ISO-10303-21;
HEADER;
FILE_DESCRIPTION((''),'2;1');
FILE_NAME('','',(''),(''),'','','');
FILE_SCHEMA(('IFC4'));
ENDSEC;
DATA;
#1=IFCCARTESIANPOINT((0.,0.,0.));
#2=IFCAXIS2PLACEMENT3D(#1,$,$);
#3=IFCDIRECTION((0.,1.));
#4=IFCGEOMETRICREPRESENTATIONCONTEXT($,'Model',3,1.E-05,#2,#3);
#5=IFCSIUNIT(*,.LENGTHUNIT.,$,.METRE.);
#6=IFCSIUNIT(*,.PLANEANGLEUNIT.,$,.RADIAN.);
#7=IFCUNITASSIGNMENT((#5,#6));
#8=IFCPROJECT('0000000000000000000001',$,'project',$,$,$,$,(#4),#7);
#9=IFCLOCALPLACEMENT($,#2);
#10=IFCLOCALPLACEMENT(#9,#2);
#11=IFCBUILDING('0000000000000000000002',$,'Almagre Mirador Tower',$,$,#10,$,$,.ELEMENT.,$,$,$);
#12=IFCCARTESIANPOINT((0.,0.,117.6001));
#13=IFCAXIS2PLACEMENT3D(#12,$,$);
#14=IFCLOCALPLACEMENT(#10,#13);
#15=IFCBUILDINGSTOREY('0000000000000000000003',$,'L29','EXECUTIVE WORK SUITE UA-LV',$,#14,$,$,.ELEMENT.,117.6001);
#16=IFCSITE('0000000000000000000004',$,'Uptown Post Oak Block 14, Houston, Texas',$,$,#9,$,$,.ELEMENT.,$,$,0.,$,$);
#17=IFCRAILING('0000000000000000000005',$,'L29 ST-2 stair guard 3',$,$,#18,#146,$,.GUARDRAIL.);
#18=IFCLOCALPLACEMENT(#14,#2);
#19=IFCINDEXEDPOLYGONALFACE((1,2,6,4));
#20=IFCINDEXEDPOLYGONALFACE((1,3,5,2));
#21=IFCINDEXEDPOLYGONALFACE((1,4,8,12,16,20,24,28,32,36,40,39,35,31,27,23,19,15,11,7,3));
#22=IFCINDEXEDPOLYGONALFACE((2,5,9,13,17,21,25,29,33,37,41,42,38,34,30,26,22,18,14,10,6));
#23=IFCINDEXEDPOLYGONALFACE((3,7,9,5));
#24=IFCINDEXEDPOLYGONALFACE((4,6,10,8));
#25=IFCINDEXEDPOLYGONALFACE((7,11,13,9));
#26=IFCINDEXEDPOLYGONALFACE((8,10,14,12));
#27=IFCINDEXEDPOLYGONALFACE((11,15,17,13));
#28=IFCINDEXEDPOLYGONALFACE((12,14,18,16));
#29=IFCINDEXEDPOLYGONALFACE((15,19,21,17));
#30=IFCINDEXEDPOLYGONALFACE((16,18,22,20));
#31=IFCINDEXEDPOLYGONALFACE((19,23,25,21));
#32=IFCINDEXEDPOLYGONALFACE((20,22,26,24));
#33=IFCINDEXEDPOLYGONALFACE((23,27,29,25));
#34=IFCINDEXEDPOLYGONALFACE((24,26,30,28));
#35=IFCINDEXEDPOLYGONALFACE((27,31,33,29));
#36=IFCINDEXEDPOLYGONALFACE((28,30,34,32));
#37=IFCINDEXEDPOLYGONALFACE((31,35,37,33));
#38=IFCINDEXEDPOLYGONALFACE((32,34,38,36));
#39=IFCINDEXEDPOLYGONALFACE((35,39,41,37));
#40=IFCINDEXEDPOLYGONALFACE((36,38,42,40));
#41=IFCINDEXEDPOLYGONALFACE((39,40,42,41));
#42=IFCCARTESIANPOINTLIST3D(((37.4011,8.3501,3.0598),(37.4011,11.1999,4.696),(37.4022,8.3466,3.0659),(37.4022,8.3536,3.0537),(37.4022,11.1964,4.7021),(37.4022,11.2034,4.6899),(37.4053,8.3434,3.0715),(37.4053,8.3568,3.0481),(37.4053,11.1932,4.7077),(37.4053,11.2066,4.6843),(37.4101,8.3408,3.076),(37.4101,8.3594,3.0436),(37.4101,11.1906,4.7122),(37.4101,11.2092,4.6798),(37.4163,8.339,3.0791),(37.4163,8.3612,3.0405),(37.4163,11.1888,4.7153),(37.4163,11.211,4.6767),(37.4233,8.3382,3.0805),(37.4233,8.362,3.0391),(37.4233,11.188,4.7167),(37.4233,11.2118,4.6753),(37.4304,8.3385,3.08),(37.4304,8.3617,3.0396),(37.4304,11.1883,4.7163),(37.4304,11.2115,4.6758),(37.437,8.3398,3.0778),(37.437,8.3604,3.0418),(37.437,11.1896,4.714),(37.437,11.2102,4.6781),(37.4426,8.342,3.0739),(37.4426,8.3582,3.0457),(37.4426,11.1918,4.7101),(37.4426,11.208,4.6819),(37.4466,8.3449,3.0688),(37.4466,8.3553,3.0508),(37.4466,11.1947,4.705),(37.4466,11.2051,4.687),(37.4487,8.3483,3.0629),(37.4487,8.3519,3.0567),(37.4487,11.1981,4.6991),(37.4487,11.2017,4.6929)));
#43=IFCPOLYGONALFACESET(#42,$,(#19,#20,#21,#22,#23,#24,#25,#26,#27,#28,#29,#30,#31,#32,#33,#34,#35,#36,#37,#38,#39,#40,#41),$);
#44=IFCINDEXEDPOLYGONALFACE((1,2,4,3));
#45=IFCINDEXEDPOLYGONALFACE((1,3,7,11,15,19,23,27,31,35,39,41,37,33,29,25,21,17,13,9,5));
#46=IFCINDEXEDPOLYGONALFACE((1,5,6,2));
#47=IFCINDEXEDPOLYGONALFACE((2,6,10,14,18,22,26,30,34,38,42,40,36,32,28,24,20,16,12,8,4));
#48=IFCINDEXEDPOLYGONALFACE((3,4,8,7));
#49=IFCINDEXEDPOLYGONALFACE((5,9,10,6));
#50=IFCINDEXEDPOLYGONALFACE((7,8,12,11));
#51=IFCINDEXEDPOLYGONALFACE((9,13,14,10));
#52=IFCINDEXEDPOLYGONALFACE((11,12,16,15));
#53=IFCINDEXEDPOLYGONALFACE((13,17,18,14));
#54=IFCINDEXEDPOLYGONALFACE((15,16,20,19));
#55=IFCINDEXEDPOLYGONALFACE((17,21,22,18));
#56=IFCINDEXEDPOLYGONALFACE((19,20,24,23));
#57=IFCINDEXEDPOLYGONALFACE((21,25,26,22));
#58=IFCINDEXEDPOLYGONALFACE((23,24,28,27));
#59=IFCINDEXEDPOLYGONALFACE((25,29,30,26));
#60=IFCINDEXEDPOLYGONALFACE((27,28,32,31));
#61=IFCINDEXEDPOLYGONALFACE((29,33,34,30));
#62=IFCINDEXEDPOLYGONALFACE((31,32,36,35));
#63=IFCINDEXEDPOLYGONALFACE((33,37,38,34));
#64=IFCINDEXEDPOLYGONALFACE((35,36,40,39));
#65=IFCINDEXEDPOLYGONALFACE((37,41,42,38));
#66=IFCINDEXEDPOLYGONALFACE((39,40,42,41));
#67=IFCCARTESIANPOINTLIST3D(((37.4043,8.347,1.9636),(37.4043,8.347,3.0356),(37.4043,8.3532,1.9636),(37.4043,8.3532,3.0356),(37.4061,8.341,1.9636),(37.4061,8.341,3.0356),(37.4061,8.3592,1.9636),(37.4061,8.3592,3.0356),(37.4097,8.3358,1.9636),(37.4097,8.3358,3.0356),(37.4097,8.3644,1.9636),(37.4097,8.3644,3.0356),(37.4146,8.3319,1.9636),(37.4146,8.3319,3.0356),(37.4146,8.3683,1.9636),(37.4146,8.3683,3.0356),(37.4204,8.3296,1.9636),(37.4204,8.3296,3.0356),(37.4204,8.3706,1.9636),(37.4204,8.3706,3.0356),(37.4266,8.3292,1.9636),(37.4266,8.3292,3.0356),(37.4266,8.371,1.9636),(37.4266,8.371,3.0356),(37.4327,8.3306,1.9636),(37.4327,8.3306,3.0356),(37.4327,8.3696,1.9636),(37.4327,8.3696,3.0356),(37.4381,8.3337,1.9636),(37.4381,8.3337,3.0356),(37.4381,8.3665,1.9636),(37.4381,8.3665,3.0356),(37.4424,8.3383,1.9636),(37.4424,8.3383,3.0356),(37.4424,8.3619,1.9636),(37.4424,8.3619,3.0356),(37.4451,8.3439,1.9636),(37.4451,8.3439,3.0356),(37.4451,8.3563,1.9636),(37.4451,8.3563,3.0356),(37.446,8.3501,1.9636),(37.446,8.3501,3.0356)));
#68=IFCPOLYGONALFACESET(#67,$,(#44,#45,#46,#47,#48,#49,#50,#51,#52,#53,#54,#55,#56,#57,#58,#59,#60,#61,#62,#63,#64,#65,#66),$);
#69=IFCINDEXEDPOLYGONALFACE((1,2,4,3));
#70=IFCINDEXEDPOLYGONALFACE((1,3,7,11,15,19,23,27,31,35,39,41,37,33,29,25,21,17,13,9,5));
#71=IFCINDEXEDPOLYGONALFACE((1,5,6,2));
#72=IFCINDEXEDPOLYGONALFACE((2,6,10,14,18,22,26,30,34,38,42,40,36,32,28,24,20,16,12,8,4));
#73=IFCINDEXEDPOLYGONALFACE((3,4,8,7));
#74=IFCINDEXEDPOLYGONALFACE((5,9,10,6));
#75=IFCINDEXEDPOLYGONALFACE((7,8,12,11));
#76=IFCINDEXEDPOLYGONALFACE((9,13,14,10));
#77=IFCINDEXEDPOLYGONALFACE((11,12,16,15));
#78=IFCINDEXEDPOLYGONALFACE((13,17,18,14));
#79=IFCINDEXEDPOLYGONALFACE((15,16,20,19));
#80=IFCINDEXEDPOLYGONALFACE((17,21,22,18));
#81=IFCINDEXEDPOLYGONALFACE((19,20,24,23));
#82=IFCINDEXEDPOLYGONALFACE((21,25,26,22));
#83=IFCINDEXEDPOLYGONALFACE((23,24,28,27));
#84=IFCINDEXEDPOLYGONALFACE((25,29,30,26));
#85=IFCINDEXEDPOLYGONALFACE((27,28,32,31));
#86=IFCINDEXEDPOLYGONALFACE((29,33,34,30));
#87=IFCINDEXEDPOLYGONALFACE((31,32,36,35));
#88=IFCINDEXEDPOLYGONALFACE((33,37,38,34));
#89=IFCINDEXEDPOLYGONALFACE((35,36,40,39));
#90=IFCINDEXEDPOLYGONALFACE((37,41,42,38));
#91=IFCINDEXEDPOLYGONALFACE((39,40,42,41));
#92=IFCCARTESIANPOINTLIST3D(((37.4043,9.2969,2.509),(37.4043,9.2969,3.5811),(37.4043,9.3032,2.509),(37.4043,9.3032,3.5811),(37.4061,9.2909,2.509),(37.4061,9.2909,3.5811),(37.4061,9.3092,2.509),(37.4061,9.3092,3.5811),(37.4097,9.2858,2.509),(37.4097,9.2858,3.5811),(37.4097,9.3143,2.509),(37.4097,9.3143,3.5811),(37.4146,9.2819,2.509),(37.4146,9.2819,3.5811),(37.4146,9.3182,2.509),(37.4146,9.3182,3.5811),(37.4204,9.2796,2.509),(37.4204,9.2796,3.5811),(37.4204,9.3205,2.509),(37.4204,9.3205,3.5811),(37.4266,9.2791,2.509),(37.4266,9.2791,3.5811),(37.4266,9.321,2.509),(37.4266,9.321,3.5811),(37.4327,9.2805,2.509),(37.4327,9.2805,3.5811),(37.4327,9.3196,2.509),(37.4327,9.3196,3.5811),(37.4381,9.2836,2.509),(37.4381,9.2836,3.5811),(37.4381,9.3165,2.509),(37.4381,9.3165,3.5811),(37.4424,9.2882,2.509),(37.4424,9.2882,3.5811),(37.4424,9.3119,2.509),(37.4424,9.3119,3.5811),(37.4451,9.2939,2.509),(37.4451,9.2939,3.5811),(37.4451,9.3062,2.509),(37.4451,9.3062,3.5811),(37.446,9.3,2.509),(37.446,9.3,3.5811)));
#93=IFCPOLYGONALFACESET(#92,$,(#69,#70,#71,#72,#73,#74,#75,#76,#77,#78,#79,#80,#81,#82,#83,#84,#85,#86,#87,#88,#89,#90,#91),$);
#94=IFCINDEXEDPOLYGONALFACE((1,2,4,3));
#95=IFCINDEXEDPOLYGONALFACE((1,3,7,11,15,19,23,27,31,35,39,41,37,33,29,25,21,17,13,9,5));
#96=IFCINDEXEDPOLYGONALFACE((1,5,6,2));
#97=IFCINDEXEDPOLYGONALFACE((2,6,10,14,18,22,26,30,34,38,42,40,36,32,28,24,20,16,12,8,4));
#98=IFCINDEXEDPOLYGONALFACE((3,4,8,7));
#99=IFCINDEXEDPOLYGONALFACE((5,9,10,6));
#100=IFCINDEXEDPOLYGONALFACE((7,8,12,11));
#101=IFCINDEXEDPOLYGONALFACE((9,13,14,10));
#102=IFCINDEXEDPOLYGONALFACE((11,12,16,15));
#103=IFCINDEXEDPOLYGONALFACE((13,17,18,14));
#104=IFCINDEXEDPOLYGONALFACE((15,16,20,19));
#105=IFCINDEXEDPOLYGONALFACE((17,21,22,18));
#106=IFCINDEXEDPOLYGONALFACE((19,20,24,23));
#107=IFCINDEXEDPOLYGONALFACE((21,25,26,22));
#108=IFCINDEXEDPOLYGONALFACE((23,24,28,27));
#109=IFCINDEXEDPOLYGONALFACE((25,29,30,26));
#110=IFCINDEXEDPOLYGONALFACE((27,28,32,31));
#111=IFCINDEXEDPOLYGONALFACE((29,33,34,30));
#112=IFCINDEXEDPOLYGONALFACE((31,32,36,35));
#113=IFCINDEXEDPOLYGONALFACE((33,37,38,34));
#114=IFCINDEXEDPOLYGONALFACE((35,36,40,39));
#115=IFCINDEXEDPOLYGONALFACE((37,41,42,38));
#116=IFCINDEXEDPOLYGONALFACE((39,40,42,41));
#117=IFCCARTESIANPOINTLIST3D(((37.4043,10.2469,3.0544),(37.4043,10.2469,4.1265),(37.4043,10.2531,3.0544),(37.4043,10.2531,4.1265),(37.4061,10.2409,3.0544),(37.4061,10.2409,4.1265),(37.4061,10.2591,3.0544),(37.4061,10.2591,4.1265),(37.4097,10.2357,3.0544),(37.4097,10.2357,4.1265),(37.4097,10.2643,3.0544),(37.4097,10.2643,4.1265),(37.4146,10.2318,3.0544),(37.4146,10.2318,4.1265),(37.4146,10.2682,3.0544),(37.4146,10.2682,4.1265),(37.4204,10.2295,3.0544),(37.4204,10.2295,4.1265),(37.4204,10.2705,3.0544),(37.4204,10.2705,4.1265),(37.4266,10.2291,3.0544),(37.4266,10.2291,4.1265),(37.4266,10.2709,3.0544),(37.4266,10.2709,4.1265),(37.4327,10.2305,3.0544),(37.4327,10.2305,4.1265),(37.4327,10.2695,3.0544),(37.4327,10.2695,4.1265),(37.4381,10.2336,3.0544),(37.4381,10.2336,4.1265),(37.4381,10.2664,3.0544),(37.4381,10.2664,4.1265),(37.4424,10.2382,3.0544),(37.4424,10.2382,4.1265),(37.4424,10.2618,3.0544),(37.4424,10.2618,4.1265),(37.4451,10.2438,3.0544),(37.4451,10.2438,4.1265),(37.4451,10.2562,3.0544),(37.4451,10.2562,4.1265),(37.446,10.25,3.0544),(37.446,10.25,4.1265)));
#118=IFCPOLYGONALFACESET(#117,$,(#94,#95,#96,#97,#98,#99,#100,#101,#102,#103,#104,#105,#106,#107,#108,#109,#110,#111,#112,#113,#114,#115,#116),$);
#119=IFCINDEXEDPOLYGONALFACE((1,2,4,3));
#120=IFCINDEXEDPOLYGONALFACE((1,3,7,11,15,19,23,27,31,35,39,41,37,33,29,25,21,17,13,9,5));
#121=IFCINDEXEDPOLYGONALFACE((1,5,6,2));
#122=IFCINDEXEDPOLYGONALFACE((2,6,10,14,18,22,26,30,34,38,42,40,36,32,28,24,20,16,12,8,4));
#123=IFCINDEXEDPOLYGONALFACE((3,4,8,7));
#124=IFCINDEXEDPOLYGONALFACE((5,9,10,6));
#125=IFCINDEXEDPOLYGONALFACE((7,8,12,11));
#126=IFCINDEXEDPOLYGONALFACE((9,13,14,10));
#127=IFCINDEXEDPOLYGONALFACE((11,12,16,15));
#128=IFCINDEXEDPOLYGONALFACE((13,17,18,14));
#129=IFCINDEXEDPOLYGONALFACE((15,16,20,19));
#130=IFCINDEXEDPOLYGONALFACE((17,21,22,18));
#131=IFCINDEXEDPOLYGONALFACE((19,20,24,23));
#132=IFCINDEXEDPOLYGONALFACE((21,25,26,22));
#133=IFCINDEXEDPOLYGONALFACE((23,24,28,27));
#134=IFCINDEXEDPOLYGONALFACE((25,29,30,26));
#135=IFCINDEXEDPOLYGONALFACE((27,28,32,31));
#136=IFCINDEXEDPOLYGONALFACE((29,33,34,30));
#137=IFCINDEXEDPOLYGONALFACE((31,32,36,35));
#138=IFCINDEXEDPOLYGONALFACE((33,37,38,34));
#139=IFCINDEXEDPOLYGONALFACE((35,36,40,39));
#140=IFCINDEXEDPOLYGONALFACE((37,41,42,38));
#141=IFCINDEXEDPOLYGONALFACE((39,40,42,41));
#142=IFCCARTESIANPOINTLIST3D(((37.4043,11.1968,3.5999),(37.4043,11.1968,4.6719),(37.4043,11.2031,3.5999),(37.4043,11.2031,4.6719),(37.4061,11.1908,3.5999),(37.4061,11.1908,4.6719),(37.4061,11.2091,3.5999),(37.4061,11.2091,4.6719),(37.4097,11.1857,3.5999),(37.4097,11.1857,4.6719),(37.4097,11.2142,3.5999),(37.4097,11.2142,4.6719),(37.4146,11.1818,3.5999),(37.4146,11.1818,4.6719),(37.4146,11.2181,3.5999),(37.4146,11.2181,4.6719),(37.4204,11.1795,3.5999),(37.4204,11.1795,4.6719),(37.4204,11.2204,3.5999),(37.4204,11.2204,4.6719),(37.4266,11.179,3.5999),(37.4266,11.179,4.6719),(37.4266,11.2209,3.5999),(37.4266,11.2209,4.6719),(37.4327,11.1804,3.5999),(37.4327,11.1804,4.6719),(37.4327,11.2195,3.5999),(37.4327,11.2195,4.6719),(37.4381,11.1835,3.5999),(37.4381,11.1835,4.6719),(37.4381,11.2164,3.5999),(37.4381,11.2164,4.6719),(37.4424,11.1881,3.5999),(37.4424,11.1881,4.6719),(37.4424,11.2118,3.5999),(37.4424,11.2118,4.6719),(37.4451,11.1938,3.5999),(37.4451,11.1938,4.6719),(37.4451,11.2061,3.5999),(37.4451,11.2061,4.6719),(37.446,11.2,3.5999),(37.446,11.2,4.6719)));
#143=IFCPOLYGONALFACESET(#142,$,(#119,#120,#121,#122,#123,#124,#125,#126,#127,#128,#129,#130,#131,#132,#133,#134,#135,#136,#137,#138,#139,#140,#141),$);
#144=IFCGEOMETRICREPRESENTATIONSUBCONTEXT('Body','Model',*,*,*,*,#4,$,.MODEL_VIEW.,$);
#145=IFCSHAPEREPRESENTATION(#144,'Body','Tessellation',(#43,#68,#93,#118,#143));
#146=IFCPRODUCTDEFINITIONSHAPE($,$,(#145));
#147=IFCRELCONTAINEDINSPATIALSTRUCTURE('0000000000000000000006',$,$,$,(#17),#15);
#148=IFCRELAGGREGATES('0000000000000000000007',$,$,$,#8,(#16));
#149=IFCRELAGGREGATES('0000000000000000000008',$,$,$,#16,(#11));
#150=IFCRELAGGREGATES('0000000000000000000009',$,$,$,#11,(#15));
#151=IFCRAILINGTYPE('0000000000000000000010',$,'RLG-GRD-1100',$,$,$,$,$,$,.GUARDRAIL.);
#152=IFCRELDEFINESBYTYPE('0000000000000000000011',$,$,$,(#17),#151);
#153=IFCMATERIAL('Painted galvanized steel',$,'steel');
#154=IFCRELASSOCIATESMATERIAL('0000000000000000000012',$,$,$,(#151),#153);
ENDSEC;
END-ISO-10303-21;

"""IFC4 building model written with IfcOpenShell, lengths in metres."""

from ifc_helpers import new_model, si_unit, direction, frame, origin, origin_2d, place, context, subcontext, project, spatial, circle, extrude, material, type_object, element, save


model = new_model("IFC4")

# Units and contexts
model_context = context("Model", 3, precision=1e-05, world=origin(), true_north=direction((0.0, 1.0)))
body_context = subcontext(model_context, "Body", "Model", "MODEL_VIEW")
ifc_project = project(units=[si_unit("LENGTHUNIT", "METRE"), si_unit("PLANEANGLEUNIT", "RADIAN")], contexts=[model_context])

# Site, building, storey
site_placement = place(None, origin())
site = spatial("IfcSite", under=ifc_project, at=site_placement, Name="Uptown Post Oak Block 14, Houston, Texas", CompositionType="ELEMENT", RefElevation=0.0)
building_placement = place(site_placement, origin())
building = spatial("IfcBuilding", under=site, at=building_placement, Name="Almagre Mirador Tower", CompositionType="ELEMENT")
storey_placement = place(building_placement, frame((0.0, 0.0, 117.6001)))
storey = spatial("IfcBuildingStorey", under=building, at=storey_placement, Name="L29", Description="EXECUTIVE WORK SUITE UA-LV", CompositionType="ELEMENT", Elevation=117.6001)

# Railing
ifc_material_1 = material(Name="Painted galvanized steel", Category="steel")
railing_type_1 = type_object("IfcRailingType", Name="RLG-GRD-1100", PredefinedType="GUARDRAIL", material=ifc_material_1)
railing_1_placement = place(storey_placement, frame((37.425, 8.3501, 1.9636)))
element("IfcRailing", 1, at=railing_1_placement, inside=storey, type_object=railing_type_1, Name="L29 ST-2 stair guard 3", PredefinedType="GUARDRAIL", context=body_context, shape_type="SweptSolid", body=[
    extrude(circle(Radius=0.0239, at=origin_2d()), frame((0.0, 0.0, 1.0962), z_axis=(0.0, 0.867226, 0.497914), x_axis=(-1.0, 0.0, 0.0)), (0.0, 0.0, 1.0), 3.2861),
    extrude(circle(Radius=0.021, at=origin_2d()), origin(), (0.0, 0.0, 1.0), 1.072),
    extrude(circle(Radius=0.021, at=origin_2d()), frame((0.0, 0.95, 0.5454)), (0.0, 0.0, 1.0), 1.072),
    extrude(circle(Radius=0.021, at=origin_2d()), frame((0.0, 1.8999, 1.0908)), (0.0, 0.0, 1.0), 1.072),
    extrude(circle(Radius=0.021, at=origin_2d()), frame((0.0, 2.8499, 1.6362)), (0.0, 0.0, 1.0), 1.072),
])

save(model, "model.ifc")
